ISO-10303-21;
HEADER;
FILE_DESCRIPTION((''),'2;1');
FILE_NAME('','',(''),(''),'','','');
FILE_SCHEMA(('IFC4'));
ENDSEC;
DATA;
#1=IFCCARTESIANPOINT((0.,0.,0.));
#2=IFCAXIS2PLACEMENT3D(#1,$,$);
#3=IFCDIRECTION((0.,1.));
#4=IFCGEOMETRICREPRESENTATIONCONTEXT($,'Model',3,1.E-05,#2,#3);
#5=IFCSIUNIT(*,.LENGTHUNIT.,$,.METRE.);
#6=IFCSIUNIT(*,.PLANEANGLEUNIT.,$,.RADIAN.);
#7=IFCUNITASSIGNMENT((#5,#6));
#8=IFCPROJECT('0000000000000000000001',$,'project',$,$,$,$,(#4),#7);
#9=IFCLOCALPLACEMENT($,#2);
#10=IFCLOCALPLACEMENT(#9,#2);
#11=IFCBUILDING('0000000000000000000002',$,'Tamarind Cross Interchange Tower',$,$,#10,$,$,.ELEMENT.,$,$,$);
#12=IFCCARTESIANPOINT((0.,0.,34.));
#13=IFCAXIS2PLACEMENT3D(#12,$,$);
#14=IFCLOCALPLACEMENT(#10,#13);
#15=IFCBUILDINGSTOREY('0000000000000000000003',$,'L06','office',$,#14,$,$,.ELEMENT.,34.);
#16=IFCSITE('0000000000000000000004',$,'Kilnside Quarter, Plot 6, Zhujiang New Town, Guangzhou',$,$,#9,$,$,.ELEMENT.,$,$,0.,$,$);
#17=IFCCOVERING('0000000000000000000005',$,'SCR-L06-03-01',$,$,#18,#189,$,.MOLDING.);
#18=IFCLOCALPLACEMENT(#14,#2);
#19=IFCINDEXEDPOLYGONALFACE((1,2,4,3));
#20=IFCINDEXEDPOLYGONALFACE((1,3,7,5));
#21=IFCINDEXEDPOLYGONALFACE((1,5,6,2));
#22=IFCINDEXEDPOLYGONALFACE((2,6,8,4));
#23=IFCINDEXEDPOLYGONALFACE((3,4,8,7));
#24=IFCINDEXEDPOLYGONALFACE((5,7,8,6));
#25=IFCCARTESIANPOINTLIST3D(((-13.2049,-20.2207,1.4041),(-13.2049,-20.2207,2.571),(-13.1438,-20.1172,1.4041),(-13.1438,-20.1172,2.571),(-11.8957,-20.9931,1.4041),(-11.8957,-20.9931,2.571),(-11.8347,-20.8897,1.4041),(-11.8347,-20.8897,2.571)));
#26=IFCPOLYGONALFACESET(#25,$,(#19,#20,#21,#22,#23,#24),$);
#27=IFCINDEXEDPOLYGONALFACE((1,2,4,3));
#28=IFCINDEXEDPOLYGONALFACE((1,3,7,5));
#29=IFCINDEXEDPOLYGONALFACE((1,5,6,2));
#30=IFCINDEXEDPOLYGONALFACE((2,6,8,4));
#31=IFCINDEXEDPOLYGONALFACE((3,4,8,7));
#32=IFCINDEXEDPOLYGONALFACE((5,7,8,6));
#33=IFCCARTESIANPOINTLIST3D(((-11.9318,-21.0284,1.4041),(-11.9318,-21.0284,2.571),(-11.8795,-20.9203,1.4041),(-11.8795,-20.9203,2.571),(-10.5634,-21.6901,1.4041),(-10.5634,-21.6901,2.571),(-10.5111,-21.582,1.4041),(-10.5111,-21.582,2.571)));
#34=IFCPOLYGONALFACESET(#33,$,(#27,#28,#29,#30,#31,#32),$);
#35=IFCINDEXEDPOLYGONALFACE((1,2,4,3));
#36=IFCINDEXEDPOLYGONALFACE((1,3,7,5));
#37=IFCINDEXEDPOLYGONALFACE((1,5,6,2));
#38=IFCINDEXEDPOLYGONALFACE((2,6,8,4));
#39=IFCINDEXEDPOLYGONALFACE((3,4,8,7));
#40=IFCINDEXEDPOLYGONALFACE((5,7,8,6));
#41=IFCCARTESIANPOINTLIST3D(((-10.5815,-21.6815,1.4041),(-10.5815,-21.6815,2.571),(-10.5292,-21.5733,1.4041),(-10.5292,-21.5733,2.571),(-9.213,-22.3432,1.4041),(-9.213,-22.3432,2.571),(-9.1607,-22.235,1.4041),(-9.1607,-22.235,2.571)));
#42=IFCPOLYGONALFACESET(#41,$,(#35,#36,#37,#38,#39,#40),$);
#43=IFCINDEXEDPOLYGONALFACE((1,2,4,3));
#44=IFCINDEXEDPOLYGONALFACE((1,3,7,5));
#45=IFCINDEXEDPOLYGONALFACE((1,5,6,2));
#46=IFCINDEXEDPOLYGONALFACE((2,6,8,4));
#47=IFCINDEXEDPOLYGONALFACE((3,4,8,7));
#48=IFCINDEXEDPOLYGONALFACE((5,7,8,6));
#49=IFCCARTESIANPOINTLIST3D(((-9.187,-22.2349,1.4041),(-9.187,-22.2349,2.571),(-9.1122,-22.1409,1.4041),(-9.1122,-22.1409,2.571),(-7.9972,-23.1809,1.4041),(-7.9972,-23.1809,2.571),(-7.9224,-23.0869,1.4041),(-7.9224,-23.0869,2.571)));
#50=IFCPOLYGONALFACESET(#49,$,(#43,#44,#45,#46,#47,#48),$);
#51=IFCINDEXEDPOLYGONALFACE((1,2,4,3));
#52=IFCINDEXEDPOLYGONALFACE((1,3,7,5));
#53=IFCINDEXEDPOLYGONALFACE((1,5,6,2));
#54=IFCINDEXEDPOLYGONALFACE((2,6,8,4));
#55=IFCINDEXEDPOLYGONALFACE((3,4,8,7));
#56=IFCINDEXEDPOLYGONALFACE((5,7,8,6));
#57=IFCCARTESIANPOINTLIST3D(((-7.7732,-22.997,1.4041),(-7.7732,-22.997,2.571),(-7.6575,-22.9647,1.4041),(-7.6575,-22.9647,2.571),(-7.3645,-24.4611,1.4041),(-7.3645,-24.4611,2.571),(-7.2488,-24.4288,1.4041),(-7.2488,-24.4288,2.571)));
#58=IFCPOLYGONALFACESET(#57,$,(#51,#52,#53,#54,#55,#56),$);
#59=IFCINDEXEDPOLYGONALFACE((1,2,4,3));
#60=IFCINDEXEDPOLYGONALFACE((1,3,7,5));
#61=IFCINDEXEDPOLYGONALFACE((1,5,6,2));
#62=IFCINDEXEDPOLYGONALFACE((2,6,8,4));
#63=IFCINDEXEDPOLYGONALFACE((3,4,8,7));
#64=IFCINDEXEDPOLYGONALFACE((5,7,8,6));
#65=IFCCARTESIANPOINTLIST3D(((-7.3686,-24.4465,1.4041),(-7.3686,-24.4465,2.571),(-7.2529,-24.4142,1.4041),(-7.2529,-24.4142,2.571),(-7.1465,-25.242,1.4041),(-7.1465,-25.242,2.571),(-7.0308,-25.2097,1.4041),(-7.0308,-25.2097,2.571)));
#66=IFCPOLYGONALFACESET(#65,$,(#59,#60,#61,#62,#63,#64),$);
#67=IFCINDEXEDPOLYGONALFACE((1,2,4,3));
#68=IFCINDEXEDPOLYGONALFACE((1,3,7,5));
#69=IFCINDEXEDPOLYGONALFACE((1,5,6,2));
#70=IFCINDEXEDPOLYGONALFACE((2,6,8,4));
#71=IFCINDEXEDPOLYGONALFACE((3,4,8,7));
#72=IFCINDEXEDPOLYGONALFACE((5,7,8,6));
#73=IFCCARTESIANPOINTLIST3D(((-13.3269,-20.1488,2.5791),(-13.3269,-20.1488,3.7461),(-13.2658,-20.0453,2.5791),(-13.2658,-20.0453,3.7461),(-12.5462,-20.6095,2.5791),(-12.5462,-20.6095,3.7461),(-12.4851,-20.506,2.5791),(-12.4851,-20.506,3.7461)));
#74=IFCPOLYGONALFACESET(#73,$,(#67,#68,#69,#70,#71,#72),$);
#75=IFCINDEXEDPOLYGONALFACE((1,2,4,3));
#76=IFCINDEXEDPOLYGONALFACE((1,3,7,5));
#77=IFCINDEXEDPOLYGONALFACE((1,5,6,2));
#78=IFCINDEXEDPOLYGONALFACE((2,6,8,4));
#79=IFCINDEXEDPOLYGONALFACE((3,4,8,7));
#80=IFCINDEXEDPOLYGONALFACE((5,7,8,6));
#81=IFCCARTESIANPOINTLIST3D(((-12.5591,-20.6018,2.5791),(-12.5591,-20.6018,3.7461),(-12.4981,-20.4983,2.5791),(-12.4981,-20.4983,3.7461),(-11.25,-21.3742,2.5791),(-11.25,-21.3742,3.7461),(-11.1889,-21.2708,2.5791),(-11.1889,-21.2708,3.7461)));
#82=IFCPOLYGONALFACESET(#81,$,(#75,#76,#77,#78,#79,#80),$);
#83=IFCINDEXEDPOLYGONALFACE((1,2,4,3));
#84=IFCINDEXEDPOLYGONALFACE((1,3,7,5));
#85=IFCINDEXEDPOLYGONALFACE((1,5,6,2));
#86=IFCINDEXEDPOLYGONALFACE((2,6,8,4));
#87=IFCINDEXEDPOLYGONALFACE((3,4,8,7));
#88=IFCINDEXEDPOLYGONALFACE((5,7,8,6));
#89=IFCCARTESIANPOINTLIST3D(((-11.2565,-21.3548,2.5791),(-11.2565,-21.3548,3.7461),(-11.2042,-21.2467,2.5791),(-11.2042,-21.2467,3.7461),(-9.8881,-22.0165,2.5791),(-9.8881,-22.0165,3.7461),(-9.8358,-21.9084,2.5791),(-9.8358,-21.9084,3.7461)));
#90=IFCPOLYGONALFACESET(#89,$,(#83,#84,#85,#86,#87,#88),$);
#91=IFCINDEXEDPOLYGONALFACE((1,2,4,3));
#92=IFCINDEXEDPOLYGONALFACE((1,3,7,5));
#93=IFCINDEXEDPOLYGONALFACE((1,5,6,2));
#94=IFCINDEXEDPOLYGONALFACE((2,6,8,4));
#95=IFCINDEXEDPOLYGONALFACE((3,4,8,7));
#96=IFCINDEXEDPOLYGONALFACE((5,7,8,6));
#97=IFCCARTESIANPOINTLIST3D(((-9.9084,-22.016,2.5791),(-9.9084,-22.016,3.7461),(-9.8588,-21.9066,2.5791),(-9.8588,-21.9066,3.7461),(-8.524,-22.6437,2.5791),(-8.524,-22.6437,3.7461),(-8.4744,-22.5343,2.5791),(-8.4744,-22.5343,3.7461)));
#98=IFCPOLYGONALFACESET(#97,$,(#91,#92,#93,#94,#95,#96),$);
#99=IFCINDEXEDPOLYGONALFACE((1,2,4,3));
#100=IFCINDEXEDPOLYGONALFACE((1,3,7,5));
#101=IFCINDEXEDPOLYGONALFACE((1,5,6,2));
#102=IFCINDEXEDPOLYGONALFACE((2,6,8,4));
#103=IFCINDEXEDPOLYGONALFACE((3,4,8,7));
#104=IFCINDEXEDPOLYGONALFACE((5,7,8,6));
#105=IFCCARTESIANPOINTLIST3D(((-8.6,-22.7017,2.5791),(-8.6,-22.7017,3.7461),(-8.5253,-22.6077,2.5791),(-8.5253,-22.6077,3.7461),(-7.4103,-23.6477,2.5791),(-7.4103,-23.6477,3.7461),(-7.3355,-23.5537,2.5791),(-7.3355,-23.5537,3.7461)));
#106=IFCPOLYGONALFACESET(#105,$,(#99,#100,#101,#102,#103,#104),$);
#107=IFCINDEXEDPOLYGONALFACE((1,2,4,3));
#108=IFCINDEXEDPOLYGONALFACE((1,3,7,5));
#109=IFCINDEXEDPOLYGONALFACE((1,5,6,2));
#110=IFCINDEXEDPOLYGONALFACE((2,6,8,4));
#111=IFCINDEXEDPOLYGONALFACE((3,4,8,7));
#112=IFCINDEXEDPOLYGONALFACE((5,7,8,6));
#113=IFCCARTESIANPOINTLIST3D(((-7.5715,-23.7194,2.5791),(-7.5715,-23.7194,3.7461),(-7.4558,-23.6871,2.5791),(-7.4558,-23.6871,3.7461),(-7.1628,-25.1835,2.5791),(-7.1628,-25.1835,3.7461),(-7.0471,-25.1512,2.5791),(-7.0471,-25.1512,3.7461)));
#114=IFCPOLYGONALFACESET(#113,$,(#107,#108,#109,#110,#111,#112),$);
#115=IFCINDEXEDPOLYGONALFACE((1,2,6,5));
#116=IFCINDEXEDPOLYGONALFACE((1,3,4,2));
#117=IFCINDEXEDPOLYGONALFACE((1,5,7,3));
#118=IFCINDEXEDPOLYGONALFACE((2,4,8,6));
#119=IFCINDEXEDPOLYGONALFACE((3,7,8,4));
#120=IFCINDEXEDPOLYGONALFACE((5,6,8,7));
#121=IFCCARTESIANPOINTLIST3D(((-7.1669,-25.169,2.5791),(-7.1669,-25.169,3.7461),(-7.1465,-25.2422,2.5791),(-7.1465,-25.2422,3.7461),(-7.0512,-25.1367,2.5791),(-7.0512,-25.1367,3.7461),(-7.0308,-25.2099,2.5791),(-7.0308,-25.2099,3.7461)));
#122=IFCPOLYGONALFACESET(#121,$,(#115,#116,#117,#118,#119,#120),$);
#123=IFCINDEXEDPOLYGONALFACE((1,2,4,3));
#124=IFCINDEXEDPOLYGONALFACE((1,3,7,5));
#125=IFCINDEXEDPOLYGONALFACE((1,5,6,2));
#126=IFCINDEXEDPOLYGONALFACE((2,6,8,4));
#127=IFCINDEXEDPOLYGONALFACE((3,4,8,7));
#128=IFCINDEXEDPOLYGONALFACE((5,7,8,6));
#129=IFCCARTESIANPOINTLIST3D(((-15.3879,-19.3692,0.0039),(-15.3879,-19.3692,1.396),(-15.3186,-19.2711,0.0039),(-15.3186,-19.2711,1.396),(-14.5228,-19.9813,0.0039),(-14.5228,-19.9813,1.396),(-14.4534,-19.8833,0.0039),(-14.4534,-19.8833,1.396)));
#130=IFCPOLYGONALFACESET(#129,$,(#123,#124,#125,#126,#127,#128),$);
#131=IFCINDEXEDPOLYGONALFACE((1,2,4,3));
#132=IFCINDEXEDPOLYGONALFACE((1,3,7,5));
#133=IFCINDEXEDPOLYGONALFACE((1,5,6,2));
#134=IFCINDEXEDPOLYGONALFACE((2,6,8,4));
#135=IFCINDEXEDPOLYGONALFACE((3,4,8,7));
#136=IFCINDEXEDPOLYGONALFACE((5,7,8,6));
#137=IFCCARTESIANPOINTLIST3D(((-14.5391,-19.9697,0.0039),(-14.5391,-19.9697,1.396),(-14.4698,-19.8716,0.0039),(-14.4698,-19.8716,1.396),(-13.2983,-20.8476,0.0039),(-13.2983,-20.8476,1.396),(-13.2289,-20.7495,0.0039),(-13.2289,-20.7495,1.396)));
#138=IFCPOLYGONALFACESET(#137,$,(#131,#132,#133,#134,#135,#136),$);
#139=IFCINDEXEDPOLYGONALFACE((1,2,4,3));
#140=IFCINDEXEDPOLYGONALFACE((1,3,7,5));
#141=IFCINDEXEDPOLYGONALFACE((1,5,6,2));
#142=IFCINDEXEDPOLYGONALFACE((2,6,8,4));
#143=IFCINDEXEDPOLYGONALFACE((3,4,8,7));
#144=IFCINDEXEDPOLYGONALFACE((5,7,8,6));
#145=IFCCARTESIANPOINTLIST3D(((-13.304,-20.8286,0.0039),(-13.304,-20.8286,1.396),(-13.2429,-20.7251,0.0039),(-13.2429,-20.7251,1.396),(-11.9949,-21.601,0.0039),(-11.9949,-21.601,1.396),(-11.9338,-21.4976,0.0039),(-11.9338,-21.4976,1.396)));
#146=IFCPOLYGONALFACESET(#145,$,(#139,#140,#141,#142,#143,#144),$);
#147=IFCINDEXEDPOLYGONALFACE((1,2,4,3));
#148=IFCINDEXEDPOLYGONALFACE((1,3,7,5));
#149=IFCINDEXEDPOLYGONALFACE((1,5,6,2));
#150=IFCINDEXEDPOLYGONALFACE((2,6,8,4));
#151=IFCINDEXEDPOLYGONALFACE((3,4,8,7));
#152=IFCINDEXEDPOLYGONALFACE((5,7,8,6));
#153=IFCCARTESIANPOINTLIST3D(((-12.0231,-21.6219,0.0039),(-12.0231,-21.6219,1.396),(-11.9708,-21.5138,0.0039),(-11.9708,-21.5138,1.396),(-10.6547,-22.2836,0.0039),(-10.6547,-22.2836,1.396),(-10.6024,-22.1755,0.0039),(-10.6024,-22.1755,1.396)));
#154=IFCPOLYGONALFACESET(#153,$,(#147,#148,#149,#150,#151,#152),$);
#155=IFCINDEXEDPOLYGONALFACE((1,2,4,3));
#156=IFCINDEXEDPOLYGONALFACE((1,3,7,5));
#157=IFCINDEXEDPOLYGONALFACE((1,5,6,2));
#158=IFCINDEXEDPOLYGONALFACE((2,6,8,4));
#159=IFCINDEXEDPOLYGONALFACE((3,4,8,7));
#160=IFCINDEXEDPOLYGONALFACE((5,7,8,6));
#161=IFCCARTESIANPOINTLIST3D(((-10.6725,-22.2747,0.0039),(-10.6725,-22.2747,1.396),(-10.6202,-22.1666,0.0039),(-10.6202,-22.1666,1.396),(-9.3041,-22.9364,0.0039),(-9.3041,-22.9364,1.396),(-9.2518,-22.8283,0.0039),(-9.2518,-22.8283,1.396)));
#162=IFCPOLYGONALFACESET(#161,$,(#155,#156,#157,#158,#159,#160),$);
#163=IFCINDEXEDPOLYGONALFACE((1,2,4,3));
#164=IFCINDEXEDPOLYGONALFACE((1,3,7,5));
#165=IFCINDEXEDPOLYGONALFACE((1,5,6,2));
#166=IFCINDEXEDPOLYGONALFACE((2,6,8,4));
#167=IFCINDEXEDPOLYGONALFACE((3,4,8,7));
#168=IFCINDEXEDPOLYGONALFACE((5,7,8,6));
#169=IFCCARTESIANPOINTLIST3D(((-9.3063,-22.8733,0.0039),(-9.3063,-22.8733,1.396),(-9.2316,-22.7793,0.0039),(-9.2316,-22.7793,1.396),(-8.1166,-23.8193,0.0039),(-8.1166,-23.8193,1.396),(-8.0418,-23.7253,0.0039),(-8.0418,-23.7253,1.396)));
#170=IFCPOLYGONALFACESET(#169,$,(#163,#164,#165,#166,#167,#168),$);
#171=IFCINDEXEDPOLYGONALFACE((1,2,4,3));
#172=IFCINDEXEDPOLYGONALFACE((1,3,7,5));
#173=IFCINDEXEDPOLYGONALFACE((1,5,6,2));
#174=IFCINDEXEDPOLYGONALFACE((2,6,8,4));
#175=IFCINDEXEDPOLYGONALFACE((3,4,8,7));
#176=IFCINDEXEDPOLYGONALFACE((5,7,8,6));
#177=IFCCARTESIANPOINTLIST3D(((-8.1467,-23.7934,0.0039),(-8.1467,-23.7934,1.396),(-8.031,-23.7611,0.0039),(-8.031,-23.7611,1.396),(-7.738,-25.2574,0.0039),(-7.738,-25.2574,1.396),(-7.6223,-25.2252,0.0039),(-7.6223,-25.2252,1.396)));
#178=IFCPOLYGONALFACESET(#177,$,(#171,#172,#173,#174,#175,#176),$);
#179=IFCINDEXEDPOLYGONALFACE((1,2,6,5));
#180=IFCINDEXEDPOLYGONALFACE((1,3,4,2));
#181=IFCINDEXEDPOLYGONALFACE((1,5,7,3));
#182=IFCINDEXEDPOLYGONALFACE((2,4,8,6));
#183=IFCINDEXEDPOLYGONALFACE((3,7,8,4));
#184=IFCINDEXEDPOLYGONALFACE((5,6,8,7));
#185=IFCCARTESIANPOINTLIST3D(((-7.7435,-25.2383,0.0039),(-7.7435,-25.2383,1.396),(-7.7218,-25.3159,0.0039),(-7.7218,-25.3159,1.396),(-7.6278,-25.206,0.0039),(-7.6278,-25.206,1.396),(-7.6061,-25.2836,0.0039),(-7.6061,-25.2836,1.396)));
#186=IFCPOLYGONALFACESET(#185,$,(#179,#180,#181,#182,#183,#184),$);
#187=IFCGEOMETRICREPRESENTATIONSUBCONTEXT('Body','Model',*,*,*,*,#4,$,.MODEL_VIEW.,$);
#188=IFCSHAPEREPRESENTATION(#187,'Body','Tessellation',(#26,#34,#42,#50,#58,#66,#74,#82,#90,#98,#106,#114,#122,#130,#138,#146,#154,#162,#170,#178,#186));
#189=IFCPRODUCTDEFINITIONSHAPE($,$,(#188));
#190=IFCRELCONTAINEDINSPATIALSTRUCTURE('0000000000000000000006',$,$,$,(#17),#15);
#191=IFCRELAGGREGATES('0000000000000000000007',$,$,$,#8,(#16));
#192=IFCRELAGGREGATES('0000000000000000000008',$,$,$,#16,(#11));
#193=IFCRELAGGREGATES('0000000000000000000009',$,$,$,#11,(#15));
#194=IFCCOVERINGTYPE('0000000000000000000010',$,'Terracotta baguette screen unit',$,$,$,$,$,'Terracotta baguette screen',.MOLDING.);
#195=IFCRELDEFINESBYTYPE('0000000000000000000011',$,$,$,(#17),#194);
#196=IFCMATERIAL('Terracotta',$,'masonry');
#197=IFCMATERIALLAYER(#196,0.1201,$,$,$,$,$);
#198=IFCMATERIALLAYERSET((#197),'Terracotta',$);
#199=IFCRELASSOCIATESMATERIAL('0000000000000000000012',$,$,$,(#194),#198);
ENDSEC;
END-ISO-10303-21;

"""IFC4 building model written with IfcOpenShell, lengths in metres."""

from ifc_helpers import new_model, si_unit, direction, frame, origin, origin_2d, place, context, subcontext, project, spatial, rectangle, extrude, material, layer, layer_set, type_object, element, save


model = new_model("IFC4")

# Units and contexts
model_context = context("Model", 3, precision=1e-05, world=origin(), true_north=direction((0.0, 1.0)))
body_context = subcontext(model_context, "Body", "Model", "MODEL_VIEW")
ifc_project = project(units=[si_unit("LENGTHUNIT", "METRE"), si_unit("PLANEANGLEUNIT", "RADIAN")], contexts=[model_context])

# Site, building, storey
site_placement = place(None, origin())
site = spatial("IfcSite", under=ifc_project, at=site_placement, Name="Kilnside Quarter, Plot 6, Zhujiang New Town, Guangzhou", CompositionType="ELEMENT", RefElevation=0.0)
building_placement = place(site_placement, origin())
building = spatial("IfcBuilding", under=site, at=building_placement, Name="Tamarind Cross Interchange Tower", CompositionType="ELEMENT")
storey_placement = place(building_placement, frame((0.0, 0.0, 34.0)))
storey = spatial("IfcBuildingStorey", under=building, at=storey_placement, Name="L06", Description="office", CompositionType="ELEMENT", Elevation=34.0)

# Covering
ifc_material_1 = material(Name="Terracotta", Category="masonry")
ifc_layer_1 = layer(ifc_material_1, 0.1201)
ifc_layer_set_1 = layer_set([ifc_layer_1], Name="Terracotta")
covering_type = type_object("IfcCoveringType", Name="Terracotta baguette screen unit", ElementType="Terracotta baguette screen", PredefinedType="MOLDING", material=ifc_layer_set_1)
covering_1_placement = place(storey_placement, origin())
element("IfcCovering", 1, at=covering_1_placement, inside=storey, type_object=covering_type, Name="SCR-L06-03-01", PredefinedType="MOLDING", context=body_context, shape_type="SweptSolid", body=[
    extrude(rectangle(XDim=1.52, YDim=0.1201, at=origin_2d()), frame((-12.5198, -20.5552, 1.4041), z_axis=(0.0, 0.0, 1.0), x_axis=(0.861249, -0.508183, 0.0)), (0.0, 0.0, 1.0), 1.167),
    extrude(rectangle(XDim=1.52, YDim=0.1201, at=origin_2d()), frame((-11.2214, -21.3052, 1.4041), z_axis=(0.0, 0.0, 1.0), x_axis=(0.900273, -0.435326, 0.0)), (0.0, 0.0, 1.0), 1.167),
    extrude(rectangle(XDim=1.52, YDim=0.1201, at=origin_2d()), frame((-9.8711, -21.9583, 1.4041), z_axis=(0.0, 0.0, 1.0), x_axis=(0.900273, -0.435326, 0.0)), (0.0, 0.0, 1.0), 1.167),
    extrude(rectangle(XDim=1.52, YDim=0.1201, at=origin_2d()), frame((-8.5547, -22.6609, 1.4041), z_axis=(0.0, 0.0, 1.0), x_axis=(0.782751, -0.622335, 0.0)), (0.0, 0.0, 1.0), 1.167),
    extrude(rectangle(XDim=1.52, YDim=0.1201, at=origin_2d()), frame((-7.511, -23.7129, 1.4041), z_axis=(0.0, 0.0, 1.0), x_axis=(0.268868, -0.963177, 0.0)), (0.0, 0.0, 1.0), 1.167),
    extrude(rectangle(XDim=0.8259, YDim=0.1201, at=origin_2d()), frame((-7.1997, -24.8281, 1.4041), z_axis=(0.0, 0.0, 1.0), x_axis=(0.268868, -0.963177, 0.0)), (0.0, 0.0, 1.0), 1.167),
    extrude(rectangle(XDim=0.9065, YDim=0.1201, at=origin_2d()), frame((-12.906, -20.3274, 2.5791), z_axis=(0.0, 0.0, 1.0), x_axis=(0.861249, -0.508183, 0.0)), (0.0, 0.0, 1.0), 1.167),
    extrude(rectangle(XDim=1.52, YDim=0.1201, at=origin_2d()), frame((-11.874, -20.9363, 2.5791), z_axis=(0.0, 0.0, 1.0), x_axis=(0.861249, -0.508183, 0.0)), (0.0, 0.0, 1.0), 1.167),
    extrude(rectangle(XDim=1.52, YDim=0.1201, at=origin_2d()), frame((-10.5461, -21.6316, 2.5791), z_axis=(0.0, 0.0, 1.0), x_axis=(0.900273, -0.435326, 0.0)), (0.0, 0.0, 1.0), 1.167),
    extrude(rectangle(XDim=1.52, YDim=0.1201, at=origin_2d()), frame((-9.1914, -22.2751, 2.5791), z_axis=(0.0, 0.0, 1.0), x_axis=(0.910749, -0.412961, 0.0)), (0.0, 0.0, 1.0), 1.167),
    extrude(rectangle(XDim=1.52, YDim=0.1201, at=origin_2d()), frame((-7.9678, -23.1277, 2.5791), z_axis=(0.0, 0.0, 1.0), x_axis=(0.782751, -0.622335, 0.0)), (0.0, 0.0, 1.0), 1.167),
    extrude(rectangle(XDim=1.52, YDim=0.1201, at=origin_2d()), frame((-7.3093, -24.4353, 2.5791), z_axis=(0.0, 0.0, 1.0), x_axis=(0.268868, -0.963177, 0.0)), (0.0, 0.0, 1.0), 1.167),
    extrude(rectangle(XDim=0.0759, YDim=0.1201, at=origin_2d()), frame((-7.0989, -25.1895, 2.5791), z_axis=(0.0, 0.0, 1.0), x_axis=(0.268868, -0.963177, 0.0)), (0.0, 0.0, 1.0), 1.167),
    extrude(rectangle(XDim=1.0598, YDim=0.1201, at=origin_2d()), frame((-14.9207, -19.6262, 0.0039), z_axis=(0.0, 0.0, 1.0), x_axis=(0.816342, -0.577569, 0.0)), (0.0, 0.0, 1.0), 1.3921),
    extrude(rectangle(XDim=1.52, YDim=0.1201, at=origin_2d()), frame((-13.884, -20.3596, 0.0039), z_axis=(0.0, 0.0, 1.0), x_axis=(0.816342, -0.577569, 0.0)), (0.0, 0.0, 1.0), 1.3921),
    extrude(rectangle(XDim=1.52, YDim=0.1201, at=origin_2d()), frame((-12.6189, -21.1631, 0.0039), z_axis=(0.0, 0.0, 1.0), x_axis=(0.861249, -0.508183, 0.0)), (0.0, 0.0, 1.0), 1.3921),
    extrude(rectangle(XDim=1.52, YDim=0.1201, at=origin_2d()), frame((-11.3127, -21.8987, 0.0039), z_axis=(0.0, 0.0, 1.0), x_axis=(0.900273, -0.435326, 0.0)), (0.0, 0.0, 1.0), 1.3921),
    extrude(rectangle(XDim=1.52, YDim=0.1201, at=origin_2d()), frame((-9.9622, -22.5515, 0.0039), z_axis=(0.0, 0.0, 1.0), x_axis=(0.900273, -0.435326, 0.0)), (0.0, 0.0, 1.0), 1.3921),
    extrude(rectangle(XDim=1.52, YDim=0.1201, at=origin_2d()), frame((-8.6741, -23.2993, 0.0039), z_axis=(0.0, 0.0, 1.0), x_axis=(0.782751, -0.622335, 0.0)), (0.0, 0.0, 1.0), 1.3921),
    extrude(rectangle(XDim=1.52, YDim=0.1201, at=origin_2d()), frame((-7.8845, -24.5093, 0.0039), z_axis=(0.0, 0.0, 1.0), x_axis=(0.268868, -0.963177, 0.0)), (0.0, 0.0, 1.0), 1.3921),
    extrude(rectangle(XDim=0.0806, YDim=0.1201, at=origin_2d()), frame((-7.6748, -25.261, 0.0039), z_axis=(0.0, 0.0, 1.0), x_axis=(0.268868, -0.963177, 0.0)), (0.0, 0.0, 1.0), 1.3921),
])

save(model, "model.ifc")
